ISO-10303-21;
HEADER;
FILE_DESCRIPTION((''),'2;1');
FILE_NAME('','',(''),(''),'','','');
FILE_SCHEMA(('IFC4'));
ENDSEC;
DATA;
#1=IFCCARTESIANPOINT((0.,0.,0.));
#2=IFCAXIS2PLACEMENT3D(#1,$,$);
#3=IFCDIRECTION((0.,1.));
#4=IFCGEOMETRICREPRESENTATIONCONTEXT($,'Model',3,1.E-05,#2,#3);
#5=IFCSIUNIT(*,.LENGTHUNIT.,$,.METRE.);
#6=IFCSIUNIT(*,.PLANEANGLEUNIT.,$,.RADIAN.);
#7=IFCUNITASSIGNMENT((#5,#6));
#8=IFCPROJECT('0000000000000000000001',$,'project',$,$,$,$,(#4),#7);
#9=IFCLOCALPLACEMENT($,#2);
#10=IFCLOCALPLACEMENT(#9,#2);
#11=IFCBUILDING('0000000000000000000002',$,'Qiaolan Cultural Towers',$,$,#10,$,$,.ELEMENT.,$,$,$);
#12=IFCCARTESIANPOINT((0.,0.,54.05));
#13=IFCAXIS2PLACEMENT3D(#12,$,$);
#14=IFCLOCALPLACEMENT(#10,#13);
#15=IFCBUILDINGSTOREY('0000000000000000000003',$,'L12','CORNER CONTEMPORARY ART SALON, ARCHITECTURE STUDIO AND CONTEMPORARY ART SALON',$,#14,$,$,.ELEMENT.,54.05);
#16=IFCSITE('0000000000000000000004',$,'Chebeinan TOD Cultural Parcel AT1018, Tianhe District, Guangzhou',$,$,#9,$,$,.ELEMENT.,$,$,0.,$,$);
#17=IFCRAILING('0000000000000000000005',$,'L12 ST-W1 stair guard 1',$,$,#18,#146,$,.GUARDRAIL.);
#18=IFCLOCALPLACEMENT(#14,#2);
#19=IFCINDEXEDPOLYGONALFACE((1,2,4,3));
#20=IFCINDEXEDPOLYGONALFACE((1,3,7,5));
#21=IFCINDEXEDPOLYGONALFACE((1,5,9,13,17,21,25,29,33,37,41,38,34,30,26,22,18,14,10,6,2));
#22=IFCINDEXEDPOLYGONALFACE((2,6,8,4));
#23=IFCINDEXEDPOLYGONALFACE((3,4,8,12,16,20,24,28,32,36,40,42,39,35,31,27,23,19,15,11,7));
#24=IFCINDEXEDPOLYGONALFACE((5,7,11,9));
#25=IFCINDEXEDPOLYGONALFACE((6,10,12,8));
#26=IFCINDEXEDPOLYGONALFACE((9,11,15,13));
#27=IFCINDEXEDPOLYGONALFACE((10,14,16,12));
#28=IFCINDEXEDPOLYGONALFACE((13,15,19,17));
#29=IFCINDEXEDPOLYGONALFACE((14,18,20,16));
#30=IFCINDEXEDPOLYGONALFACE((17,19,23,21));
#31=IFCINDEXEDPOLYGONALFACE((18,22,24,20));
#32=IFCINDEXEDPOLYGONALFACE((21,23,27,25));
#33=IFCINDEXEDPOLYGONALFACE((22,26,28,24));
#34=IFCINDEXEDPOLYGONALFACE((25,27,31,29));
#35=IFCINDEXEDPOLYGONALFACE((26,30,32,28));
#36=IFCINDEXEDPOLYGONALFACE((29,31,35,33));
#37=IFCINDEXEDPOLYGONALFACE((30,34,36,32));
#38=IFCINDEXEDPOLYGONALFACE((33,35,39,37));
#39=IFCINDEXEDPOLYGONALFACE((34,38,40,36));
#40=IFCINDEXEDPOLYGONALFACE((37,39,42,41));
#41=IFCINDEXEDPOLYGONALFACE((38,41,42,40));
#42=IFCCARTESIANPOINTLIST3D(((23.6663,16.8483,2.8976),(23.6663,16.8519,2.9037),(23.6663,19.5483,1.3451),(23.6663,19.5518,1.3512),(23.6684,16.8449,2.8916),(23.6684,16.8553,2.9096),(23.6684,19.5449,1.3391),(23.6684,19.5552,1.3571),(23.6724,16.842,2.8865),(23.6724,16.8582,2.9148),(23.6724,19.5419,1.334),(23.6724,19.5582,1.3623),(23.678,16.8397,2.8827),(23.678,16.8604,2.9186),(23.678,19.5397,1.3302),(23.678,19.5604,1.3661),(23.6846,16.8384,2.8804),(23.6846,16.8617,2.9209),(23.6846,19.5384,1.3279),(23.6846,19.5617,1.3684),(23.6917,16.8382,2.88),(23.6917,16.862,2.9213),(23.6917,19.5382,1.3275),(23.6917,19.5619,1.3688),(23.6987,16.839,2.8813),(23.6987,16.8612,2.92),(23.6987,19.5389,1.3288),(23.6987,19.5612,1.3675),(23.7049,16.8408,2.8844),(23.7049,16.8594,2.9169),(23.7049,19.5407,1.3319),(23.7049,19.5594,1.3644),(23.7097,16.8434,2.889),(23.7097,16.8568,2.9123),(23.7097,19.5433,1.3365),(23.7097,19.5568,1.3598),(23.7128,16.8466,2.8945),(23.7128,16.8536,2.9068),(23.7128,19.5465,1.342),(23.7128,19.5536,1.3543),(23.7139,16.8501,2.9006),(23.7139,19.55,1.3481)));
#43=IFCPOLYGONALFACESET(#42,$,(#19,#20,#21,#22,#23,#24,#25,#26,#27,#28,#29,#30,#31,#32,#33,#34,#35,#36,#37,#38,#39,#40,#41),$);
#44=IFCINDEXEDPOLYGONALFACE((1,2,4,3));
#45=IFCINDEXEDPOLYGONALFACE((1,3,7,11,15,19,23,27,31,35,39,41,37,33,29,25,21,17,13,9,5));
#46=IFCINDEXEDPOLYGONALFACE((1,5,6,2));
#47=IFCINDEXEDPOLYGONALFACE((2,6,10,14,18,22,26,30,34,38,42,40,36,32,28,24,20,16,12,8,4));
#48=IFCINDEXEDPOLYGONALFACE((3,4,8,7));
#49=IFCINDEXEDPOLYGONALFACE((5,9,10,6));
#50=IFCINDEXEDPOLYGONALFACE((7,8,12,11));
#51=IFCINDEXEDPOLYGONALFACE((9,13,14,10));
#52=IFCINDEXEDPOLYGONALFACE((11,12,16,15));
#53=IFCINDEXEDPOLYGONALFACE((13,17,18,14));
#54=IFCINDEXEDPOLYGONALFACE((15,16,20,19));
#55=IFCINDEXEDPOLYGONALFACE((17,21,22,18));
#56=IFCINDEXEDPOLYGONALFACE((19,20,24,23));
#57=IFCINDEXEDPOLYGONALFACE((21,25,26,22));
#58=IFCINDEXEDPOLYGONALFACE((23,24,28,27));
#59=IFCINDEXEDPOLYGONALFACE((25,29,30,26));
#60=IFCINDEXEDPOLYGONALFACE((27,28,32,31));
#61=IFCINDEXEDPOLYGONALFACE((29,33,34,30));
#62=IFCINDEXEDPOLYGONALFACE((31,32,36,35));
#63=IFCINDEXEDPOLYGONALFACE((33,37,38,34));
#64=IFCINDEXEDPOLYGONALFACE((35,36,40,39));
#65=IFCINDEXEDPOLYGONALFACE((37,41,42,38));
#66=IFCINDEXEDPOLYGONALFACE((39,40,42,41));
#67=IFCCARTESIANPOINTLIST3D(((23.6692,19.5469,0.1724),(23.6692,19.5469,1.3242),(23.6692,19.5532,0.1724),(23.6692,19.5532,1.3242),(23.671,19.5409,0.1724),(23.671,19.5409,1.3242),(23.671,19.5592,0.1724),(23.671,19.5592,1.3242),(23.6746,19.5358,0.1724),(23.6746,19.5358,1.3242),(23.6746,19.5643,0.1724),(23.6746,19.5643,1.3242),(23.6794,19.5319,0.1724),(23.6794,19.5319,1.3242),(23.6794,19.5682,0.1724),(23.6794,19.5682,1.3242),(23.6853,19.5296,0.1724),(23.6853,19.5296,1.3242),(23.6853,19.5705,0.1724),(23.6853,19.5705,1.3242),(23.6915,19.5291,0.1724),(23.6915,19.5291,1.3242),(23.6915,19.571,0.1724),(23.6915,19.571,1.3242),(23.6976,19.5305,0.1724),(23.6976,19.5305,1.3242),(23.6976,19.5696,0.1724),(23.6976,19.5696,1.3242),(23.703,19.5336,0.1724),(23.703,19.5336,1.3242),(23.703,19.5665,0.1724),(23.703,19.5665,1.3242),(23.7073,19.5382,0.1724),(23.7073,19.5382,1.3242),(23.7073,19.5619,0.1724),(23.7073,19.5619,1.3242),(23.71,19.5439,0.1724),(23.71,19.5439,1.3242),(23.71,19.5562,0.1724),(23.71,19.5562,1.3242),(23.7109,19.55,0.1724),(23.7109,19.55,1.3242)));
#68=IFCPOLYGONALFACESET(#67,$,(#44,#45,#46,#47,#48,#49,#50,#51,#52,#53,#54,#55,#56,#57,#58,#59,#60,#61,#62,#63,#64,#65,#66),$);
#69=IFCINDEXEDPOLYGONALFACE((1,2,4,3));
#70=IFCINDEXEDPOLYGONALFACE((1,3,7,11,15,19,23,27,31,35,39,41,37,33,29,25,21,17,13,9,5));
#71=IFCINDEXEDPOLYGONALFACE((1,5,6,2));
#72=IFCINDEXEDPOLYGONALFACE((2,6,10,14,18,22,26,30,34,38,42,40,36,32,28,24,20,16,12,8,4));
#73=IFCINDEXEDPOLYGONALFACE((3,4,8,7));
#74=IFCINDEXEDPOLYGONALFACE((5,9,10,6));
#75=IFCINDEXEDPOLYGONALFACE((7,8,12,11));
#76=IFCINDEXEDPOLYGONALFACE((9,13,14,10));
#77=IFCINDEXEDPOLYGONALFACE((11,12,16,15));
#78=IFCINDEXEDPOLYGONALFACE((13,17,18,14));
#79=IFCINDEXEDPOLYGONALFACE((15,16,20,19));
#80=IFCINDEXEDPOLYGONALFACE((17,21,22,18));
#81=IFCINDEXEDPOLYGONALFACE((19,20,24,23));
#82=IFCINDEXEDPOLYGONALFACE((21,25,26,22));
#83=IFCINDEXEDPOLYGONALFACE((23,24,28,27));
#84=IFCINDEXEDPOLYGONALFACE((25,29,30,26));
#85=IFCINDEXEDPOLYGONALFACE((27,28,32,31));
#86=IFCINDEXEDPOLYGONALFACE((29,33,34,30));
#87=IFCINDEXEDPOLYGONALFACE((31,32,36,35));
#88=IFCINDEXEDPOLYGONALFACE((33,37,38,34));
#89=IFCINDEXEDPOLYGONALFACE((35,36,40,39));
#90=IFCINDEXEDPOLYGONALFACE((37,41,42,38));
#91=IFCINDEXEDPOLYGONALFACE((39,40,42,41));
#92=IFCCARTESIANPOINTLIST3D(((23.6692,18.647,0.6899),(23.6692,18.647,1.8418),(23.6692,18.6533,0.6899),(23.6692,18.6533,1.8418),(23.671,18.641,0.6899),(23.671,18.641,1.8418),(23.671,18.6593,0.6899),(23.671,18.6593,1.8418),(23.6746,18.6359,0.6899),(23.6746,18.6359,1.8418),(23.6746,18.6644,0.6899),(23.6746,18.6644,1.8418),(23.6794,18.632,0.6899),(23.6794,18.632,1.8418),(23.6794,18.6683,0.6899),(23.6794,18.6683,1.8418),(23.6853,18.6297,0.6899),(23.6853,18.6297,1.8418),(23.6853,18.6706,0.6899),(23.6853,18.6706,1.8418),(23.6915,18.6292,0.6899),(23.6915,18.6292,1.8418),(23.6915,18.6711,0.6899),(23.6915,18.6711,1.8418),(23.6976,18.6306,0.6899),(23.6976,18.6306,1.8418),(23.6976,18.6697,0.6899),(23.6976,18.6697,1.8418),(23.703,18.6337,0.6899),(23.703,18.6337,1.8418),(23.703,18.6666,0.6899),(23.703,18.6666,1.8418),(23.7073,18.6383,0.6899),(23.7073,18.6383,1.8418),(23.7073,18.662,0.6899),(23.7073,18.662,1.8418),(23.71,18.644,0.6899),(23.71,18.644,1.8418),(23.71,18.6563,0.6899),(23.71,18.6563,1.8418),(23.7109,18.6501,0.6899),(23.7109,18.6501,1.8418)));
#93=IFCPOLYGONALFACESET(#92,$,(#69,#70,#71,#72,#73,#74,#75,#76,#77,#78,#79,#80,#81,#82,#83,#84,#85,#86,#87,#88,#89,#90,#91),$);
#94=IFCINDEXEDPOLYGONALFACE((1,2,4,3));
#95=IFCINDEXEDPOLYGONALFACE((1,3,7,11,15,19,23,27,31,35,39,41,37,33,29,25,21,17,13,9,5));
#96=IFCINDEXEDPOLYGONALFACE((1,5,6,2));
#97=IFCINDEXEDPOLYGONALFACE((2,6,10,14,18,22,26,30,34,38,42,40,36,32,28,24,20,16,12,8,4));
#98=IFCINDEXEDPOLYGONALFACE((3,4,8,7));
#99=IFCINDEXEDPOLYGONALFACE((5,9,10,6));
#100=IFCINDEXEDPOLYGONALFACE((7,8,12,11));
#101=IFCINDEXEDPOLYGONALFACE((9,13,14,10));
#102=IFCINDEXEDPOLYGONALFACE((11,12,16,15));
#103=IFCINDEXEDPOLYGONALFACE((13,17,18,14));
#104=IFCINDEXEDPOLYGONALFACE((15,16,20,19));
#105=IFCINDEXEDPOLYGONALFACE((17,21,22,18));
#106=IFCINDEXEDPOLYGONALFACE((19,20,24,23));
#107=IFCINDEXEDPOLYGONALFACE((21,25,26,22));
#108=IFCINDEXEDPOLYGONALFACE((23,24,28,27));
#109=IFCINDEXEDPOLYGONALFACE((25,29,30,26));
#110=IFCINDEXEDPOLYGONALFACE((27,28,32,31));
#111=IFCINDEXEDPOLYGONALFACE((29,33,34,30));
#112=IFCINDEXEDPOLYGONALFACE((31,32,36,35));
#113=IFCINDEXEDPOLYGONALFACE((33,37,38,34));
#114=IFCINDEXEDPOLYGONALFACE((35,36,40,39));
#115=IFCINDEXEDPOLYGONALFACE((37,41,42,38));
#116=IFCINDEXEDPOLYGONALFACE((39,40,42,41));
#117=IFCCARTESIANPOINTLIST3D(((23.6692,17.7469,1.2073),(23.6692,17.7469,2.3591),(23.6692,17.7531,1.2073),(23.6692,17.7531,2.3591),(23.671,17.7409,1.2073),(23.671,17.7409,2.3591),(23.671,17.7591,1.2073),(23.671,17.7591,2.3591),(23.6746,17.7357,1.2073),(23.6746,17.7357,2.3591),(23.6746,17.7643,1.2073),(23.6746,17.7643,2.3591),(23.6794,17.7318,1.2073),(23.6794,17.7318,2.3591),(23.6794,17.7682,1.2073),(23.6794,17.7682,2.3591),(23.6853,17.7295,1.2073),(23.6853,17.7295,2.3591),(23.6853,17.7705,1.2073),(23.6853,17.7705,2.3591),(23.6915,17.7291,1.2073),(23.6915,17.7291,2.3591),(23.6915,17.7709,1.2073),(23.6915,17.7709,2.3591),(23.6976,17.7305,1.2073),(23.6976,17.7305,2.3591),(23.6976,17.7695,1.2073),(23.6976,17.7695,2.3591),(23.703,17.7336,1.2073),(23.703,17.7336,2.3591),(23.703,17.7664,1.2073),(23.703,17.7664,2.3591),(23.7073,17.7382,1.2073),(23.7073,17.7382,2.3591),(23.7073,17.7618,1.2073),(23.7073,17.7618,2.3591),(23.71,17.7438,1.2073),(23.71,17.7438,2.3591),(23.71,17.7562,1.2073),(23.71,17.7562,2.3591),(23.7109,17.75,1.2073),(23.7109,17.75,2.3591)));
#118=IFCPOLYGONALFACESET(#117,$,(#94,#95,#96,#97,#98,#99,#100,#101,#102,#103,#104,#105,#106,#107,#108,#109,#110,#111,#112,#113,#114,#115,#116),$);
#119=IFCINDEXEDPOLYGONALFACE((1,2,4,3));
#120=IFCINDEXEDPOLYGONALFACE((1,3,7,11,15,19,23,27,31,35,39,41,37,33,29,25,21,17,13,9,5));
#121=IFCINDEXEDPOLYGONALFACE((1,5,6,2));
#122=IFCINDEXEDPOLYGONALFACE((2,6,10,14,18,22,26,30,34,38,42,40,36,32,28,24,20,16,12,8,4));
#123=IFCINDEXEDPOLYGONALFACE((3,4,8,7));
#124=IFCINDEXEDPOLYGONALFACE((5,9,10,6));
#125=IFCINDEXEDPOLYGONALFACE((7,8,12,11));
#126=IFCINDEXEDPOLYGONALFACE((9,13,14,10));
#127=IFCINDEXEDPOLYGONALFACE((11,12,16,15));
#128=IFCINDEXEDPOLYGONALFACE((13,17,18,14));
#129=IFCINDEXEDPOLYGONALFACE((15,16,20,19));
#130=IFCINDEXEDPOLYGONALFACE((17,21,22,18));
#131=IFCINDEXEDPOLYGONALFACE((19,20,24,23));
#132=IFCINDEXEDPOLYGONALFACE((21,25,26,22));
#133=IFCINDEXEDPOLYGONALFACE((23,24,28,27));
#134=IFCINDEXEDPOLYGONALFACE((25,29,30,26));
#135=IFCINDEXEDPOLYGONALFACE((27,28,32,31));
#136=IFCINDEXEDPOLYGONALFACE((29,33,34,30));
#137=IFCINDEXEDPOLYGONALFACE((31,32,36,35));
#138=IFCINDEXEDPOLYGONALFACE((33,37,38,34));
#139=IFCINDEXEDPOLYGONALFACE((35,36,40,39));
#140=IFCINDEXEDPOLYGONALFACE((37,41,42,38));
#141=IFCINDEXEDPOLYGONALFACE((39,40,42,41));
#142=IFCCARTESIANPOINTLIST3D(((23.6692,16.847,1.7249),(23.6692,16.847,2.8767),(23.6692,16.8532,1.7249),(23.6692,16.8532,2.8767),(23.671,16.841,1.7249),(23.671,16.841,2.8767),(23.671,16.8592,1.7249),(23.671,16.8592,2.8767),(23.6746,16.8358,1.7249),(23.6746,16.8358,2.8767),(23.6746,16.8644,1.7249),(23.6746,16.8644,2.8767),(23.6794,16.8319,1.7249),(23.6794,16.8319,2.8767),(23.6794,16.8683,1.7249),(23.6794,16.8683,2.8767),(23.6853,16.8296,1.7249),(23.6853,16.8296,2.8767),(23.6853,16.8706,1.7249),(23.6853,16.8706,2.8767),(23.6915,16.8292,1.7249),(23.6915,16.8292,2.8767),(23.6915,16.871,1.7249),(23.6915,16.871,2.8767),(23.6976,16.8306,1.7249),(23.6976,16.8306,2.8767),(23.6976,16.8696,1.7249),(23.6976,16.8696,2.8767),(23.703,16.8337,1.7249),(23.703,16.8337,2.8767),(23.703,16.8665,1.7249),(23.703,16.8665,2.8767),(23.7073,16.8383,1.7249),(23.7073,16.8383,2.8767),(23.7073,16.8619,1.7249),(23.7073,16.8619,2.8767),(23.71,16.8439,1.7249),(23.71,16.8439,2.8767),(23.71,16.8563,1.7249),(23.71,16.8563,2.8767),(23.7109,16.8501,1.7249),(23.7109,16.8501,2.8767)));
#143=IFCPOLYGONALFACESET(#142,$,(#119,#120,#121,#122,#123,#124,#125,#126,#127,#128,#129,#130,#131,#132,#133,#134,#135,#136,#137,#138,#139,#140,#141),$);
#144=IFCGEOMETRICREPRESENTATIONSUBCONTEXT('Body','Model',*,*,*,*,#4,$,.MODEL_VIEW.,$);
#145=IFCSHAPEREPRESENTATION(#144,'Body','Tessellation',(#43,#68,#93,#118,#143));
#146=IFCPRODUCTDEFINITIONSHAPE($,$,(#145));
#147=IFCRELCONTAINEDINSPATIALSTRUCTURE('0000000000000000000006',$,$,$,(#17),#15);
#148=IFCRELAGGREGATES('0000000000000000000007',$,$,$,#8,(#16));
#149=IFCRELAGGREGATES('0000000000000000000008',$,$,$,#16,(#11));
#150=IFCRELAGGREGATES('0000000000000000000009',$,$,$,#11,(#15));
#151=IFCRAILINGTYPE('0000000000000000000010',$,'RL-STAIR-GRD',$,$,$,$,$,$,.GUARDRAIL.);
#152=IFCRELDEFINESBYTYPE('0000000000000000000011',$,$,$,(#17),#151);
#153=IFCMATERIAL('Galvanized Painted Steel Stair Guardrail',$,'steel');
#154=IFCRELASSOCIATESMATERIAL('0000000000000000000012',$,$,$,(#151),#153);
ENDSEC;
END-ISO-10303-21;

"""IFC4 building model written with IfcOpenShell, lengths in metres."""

from ifc_helpers import new_model, si_unit, direction, frame, origin, origin_2d, place, context, subcontext, project, spatial, circle, extrude, material, type_object, element, save


model = new_model("IFC4")

# Units and contexts
model_context = context("Model", 3, precision=1e-05, world=origin(), true_north=direction((0.0, 1.0)))
body_context = subcontext(model_context, "Body", "Model", "MODEL_VIEW")
ifc_project = project(units=[si_unit("LENGTHUNIT", "METRE"), si_unit("PLANEANGLEUNIT", "RADIAN")], contexts=[model_context])

# Site, building, storey
site_placement = place(None, origin())
site = spatial("IfcSite", under=ifc_project, at=site_placement, Name="Chebeinan TOD Cultural Parcel AT1018, Tianhe District, Guangzhou", CompositionType="ELEMENT", RefElevation=0.0)
building_placement = place(site_placement, origin())
building = spatial("IfcBuilding", under=site, at=building_placement, Name="Qiaolan Cultural Towers", CompositionType="ELEMENT")
storey_placement = place(building_placement, frame((0.0, 0.0, 54.05)))
storey = spatial("IfcBuildingStorey", under=building, at=storey_placement, Name="L12", Description="CORNER CONTEMPORARY ART SALON, ARCHITECTURE STUDIO AND CONTEMPORARY ART SALON", CompositionType="ELEMENT", Elevation=54.05)

# Railing
ifc_material_1 = material(Name="Galvanized Painted Steel Stair Guardrail", Category="steel")
railing_type_1 = type_object("IfcRailingType", Name="RL-STAIR-GRD", PredefinedType="GUARDRAIL", material=ifc_material_1)
railing_1_placement = place(storey_placement, frame((23.6899, 19.55, 0.1724)))
element("IfcRailing", 1, at=railing_1_placement, inside=storey, type_object=railing_type_1, Name="L12 ST-W1 stair guard 1", PredefinedType="GUARDRAIL", context=body_context, shape_type="SweptSolid", body=[
    extrude(circle(Radius=0.0239, at=origin_2d()), frame((0.0, 0.0, 1.1758), z_axis=(0.0, -0.866904, 0.498476), x_axis=(1.0, 0.0, 0.0)), (0.0, 0.0, 1.0), 3.1145),
    extrude(circle(Radius=0.021, at=origin_2d()), origin(), (0.0, 0.0, 1.0), 1.1519),
    extrude(circle(Radius=0.021, at=origin_2d()), frame((0.0, -0.8999, 0.5176)), (0.0, 0.0, 1.0), 1.1519),
    extrude(circle(Radius=0.021, at=origin_2d()), frame((0.0, -1.8, 1.0349)), (0.0, 0.0, 1.0), 1.1519),
    extrude(circle(Radius=0.021, at=origin_2d()), frame((0.0, -2.7, 1.5525)), (0.0, 0.0, 1.0), 1.1519),
])

save(model, "model.ifc")
